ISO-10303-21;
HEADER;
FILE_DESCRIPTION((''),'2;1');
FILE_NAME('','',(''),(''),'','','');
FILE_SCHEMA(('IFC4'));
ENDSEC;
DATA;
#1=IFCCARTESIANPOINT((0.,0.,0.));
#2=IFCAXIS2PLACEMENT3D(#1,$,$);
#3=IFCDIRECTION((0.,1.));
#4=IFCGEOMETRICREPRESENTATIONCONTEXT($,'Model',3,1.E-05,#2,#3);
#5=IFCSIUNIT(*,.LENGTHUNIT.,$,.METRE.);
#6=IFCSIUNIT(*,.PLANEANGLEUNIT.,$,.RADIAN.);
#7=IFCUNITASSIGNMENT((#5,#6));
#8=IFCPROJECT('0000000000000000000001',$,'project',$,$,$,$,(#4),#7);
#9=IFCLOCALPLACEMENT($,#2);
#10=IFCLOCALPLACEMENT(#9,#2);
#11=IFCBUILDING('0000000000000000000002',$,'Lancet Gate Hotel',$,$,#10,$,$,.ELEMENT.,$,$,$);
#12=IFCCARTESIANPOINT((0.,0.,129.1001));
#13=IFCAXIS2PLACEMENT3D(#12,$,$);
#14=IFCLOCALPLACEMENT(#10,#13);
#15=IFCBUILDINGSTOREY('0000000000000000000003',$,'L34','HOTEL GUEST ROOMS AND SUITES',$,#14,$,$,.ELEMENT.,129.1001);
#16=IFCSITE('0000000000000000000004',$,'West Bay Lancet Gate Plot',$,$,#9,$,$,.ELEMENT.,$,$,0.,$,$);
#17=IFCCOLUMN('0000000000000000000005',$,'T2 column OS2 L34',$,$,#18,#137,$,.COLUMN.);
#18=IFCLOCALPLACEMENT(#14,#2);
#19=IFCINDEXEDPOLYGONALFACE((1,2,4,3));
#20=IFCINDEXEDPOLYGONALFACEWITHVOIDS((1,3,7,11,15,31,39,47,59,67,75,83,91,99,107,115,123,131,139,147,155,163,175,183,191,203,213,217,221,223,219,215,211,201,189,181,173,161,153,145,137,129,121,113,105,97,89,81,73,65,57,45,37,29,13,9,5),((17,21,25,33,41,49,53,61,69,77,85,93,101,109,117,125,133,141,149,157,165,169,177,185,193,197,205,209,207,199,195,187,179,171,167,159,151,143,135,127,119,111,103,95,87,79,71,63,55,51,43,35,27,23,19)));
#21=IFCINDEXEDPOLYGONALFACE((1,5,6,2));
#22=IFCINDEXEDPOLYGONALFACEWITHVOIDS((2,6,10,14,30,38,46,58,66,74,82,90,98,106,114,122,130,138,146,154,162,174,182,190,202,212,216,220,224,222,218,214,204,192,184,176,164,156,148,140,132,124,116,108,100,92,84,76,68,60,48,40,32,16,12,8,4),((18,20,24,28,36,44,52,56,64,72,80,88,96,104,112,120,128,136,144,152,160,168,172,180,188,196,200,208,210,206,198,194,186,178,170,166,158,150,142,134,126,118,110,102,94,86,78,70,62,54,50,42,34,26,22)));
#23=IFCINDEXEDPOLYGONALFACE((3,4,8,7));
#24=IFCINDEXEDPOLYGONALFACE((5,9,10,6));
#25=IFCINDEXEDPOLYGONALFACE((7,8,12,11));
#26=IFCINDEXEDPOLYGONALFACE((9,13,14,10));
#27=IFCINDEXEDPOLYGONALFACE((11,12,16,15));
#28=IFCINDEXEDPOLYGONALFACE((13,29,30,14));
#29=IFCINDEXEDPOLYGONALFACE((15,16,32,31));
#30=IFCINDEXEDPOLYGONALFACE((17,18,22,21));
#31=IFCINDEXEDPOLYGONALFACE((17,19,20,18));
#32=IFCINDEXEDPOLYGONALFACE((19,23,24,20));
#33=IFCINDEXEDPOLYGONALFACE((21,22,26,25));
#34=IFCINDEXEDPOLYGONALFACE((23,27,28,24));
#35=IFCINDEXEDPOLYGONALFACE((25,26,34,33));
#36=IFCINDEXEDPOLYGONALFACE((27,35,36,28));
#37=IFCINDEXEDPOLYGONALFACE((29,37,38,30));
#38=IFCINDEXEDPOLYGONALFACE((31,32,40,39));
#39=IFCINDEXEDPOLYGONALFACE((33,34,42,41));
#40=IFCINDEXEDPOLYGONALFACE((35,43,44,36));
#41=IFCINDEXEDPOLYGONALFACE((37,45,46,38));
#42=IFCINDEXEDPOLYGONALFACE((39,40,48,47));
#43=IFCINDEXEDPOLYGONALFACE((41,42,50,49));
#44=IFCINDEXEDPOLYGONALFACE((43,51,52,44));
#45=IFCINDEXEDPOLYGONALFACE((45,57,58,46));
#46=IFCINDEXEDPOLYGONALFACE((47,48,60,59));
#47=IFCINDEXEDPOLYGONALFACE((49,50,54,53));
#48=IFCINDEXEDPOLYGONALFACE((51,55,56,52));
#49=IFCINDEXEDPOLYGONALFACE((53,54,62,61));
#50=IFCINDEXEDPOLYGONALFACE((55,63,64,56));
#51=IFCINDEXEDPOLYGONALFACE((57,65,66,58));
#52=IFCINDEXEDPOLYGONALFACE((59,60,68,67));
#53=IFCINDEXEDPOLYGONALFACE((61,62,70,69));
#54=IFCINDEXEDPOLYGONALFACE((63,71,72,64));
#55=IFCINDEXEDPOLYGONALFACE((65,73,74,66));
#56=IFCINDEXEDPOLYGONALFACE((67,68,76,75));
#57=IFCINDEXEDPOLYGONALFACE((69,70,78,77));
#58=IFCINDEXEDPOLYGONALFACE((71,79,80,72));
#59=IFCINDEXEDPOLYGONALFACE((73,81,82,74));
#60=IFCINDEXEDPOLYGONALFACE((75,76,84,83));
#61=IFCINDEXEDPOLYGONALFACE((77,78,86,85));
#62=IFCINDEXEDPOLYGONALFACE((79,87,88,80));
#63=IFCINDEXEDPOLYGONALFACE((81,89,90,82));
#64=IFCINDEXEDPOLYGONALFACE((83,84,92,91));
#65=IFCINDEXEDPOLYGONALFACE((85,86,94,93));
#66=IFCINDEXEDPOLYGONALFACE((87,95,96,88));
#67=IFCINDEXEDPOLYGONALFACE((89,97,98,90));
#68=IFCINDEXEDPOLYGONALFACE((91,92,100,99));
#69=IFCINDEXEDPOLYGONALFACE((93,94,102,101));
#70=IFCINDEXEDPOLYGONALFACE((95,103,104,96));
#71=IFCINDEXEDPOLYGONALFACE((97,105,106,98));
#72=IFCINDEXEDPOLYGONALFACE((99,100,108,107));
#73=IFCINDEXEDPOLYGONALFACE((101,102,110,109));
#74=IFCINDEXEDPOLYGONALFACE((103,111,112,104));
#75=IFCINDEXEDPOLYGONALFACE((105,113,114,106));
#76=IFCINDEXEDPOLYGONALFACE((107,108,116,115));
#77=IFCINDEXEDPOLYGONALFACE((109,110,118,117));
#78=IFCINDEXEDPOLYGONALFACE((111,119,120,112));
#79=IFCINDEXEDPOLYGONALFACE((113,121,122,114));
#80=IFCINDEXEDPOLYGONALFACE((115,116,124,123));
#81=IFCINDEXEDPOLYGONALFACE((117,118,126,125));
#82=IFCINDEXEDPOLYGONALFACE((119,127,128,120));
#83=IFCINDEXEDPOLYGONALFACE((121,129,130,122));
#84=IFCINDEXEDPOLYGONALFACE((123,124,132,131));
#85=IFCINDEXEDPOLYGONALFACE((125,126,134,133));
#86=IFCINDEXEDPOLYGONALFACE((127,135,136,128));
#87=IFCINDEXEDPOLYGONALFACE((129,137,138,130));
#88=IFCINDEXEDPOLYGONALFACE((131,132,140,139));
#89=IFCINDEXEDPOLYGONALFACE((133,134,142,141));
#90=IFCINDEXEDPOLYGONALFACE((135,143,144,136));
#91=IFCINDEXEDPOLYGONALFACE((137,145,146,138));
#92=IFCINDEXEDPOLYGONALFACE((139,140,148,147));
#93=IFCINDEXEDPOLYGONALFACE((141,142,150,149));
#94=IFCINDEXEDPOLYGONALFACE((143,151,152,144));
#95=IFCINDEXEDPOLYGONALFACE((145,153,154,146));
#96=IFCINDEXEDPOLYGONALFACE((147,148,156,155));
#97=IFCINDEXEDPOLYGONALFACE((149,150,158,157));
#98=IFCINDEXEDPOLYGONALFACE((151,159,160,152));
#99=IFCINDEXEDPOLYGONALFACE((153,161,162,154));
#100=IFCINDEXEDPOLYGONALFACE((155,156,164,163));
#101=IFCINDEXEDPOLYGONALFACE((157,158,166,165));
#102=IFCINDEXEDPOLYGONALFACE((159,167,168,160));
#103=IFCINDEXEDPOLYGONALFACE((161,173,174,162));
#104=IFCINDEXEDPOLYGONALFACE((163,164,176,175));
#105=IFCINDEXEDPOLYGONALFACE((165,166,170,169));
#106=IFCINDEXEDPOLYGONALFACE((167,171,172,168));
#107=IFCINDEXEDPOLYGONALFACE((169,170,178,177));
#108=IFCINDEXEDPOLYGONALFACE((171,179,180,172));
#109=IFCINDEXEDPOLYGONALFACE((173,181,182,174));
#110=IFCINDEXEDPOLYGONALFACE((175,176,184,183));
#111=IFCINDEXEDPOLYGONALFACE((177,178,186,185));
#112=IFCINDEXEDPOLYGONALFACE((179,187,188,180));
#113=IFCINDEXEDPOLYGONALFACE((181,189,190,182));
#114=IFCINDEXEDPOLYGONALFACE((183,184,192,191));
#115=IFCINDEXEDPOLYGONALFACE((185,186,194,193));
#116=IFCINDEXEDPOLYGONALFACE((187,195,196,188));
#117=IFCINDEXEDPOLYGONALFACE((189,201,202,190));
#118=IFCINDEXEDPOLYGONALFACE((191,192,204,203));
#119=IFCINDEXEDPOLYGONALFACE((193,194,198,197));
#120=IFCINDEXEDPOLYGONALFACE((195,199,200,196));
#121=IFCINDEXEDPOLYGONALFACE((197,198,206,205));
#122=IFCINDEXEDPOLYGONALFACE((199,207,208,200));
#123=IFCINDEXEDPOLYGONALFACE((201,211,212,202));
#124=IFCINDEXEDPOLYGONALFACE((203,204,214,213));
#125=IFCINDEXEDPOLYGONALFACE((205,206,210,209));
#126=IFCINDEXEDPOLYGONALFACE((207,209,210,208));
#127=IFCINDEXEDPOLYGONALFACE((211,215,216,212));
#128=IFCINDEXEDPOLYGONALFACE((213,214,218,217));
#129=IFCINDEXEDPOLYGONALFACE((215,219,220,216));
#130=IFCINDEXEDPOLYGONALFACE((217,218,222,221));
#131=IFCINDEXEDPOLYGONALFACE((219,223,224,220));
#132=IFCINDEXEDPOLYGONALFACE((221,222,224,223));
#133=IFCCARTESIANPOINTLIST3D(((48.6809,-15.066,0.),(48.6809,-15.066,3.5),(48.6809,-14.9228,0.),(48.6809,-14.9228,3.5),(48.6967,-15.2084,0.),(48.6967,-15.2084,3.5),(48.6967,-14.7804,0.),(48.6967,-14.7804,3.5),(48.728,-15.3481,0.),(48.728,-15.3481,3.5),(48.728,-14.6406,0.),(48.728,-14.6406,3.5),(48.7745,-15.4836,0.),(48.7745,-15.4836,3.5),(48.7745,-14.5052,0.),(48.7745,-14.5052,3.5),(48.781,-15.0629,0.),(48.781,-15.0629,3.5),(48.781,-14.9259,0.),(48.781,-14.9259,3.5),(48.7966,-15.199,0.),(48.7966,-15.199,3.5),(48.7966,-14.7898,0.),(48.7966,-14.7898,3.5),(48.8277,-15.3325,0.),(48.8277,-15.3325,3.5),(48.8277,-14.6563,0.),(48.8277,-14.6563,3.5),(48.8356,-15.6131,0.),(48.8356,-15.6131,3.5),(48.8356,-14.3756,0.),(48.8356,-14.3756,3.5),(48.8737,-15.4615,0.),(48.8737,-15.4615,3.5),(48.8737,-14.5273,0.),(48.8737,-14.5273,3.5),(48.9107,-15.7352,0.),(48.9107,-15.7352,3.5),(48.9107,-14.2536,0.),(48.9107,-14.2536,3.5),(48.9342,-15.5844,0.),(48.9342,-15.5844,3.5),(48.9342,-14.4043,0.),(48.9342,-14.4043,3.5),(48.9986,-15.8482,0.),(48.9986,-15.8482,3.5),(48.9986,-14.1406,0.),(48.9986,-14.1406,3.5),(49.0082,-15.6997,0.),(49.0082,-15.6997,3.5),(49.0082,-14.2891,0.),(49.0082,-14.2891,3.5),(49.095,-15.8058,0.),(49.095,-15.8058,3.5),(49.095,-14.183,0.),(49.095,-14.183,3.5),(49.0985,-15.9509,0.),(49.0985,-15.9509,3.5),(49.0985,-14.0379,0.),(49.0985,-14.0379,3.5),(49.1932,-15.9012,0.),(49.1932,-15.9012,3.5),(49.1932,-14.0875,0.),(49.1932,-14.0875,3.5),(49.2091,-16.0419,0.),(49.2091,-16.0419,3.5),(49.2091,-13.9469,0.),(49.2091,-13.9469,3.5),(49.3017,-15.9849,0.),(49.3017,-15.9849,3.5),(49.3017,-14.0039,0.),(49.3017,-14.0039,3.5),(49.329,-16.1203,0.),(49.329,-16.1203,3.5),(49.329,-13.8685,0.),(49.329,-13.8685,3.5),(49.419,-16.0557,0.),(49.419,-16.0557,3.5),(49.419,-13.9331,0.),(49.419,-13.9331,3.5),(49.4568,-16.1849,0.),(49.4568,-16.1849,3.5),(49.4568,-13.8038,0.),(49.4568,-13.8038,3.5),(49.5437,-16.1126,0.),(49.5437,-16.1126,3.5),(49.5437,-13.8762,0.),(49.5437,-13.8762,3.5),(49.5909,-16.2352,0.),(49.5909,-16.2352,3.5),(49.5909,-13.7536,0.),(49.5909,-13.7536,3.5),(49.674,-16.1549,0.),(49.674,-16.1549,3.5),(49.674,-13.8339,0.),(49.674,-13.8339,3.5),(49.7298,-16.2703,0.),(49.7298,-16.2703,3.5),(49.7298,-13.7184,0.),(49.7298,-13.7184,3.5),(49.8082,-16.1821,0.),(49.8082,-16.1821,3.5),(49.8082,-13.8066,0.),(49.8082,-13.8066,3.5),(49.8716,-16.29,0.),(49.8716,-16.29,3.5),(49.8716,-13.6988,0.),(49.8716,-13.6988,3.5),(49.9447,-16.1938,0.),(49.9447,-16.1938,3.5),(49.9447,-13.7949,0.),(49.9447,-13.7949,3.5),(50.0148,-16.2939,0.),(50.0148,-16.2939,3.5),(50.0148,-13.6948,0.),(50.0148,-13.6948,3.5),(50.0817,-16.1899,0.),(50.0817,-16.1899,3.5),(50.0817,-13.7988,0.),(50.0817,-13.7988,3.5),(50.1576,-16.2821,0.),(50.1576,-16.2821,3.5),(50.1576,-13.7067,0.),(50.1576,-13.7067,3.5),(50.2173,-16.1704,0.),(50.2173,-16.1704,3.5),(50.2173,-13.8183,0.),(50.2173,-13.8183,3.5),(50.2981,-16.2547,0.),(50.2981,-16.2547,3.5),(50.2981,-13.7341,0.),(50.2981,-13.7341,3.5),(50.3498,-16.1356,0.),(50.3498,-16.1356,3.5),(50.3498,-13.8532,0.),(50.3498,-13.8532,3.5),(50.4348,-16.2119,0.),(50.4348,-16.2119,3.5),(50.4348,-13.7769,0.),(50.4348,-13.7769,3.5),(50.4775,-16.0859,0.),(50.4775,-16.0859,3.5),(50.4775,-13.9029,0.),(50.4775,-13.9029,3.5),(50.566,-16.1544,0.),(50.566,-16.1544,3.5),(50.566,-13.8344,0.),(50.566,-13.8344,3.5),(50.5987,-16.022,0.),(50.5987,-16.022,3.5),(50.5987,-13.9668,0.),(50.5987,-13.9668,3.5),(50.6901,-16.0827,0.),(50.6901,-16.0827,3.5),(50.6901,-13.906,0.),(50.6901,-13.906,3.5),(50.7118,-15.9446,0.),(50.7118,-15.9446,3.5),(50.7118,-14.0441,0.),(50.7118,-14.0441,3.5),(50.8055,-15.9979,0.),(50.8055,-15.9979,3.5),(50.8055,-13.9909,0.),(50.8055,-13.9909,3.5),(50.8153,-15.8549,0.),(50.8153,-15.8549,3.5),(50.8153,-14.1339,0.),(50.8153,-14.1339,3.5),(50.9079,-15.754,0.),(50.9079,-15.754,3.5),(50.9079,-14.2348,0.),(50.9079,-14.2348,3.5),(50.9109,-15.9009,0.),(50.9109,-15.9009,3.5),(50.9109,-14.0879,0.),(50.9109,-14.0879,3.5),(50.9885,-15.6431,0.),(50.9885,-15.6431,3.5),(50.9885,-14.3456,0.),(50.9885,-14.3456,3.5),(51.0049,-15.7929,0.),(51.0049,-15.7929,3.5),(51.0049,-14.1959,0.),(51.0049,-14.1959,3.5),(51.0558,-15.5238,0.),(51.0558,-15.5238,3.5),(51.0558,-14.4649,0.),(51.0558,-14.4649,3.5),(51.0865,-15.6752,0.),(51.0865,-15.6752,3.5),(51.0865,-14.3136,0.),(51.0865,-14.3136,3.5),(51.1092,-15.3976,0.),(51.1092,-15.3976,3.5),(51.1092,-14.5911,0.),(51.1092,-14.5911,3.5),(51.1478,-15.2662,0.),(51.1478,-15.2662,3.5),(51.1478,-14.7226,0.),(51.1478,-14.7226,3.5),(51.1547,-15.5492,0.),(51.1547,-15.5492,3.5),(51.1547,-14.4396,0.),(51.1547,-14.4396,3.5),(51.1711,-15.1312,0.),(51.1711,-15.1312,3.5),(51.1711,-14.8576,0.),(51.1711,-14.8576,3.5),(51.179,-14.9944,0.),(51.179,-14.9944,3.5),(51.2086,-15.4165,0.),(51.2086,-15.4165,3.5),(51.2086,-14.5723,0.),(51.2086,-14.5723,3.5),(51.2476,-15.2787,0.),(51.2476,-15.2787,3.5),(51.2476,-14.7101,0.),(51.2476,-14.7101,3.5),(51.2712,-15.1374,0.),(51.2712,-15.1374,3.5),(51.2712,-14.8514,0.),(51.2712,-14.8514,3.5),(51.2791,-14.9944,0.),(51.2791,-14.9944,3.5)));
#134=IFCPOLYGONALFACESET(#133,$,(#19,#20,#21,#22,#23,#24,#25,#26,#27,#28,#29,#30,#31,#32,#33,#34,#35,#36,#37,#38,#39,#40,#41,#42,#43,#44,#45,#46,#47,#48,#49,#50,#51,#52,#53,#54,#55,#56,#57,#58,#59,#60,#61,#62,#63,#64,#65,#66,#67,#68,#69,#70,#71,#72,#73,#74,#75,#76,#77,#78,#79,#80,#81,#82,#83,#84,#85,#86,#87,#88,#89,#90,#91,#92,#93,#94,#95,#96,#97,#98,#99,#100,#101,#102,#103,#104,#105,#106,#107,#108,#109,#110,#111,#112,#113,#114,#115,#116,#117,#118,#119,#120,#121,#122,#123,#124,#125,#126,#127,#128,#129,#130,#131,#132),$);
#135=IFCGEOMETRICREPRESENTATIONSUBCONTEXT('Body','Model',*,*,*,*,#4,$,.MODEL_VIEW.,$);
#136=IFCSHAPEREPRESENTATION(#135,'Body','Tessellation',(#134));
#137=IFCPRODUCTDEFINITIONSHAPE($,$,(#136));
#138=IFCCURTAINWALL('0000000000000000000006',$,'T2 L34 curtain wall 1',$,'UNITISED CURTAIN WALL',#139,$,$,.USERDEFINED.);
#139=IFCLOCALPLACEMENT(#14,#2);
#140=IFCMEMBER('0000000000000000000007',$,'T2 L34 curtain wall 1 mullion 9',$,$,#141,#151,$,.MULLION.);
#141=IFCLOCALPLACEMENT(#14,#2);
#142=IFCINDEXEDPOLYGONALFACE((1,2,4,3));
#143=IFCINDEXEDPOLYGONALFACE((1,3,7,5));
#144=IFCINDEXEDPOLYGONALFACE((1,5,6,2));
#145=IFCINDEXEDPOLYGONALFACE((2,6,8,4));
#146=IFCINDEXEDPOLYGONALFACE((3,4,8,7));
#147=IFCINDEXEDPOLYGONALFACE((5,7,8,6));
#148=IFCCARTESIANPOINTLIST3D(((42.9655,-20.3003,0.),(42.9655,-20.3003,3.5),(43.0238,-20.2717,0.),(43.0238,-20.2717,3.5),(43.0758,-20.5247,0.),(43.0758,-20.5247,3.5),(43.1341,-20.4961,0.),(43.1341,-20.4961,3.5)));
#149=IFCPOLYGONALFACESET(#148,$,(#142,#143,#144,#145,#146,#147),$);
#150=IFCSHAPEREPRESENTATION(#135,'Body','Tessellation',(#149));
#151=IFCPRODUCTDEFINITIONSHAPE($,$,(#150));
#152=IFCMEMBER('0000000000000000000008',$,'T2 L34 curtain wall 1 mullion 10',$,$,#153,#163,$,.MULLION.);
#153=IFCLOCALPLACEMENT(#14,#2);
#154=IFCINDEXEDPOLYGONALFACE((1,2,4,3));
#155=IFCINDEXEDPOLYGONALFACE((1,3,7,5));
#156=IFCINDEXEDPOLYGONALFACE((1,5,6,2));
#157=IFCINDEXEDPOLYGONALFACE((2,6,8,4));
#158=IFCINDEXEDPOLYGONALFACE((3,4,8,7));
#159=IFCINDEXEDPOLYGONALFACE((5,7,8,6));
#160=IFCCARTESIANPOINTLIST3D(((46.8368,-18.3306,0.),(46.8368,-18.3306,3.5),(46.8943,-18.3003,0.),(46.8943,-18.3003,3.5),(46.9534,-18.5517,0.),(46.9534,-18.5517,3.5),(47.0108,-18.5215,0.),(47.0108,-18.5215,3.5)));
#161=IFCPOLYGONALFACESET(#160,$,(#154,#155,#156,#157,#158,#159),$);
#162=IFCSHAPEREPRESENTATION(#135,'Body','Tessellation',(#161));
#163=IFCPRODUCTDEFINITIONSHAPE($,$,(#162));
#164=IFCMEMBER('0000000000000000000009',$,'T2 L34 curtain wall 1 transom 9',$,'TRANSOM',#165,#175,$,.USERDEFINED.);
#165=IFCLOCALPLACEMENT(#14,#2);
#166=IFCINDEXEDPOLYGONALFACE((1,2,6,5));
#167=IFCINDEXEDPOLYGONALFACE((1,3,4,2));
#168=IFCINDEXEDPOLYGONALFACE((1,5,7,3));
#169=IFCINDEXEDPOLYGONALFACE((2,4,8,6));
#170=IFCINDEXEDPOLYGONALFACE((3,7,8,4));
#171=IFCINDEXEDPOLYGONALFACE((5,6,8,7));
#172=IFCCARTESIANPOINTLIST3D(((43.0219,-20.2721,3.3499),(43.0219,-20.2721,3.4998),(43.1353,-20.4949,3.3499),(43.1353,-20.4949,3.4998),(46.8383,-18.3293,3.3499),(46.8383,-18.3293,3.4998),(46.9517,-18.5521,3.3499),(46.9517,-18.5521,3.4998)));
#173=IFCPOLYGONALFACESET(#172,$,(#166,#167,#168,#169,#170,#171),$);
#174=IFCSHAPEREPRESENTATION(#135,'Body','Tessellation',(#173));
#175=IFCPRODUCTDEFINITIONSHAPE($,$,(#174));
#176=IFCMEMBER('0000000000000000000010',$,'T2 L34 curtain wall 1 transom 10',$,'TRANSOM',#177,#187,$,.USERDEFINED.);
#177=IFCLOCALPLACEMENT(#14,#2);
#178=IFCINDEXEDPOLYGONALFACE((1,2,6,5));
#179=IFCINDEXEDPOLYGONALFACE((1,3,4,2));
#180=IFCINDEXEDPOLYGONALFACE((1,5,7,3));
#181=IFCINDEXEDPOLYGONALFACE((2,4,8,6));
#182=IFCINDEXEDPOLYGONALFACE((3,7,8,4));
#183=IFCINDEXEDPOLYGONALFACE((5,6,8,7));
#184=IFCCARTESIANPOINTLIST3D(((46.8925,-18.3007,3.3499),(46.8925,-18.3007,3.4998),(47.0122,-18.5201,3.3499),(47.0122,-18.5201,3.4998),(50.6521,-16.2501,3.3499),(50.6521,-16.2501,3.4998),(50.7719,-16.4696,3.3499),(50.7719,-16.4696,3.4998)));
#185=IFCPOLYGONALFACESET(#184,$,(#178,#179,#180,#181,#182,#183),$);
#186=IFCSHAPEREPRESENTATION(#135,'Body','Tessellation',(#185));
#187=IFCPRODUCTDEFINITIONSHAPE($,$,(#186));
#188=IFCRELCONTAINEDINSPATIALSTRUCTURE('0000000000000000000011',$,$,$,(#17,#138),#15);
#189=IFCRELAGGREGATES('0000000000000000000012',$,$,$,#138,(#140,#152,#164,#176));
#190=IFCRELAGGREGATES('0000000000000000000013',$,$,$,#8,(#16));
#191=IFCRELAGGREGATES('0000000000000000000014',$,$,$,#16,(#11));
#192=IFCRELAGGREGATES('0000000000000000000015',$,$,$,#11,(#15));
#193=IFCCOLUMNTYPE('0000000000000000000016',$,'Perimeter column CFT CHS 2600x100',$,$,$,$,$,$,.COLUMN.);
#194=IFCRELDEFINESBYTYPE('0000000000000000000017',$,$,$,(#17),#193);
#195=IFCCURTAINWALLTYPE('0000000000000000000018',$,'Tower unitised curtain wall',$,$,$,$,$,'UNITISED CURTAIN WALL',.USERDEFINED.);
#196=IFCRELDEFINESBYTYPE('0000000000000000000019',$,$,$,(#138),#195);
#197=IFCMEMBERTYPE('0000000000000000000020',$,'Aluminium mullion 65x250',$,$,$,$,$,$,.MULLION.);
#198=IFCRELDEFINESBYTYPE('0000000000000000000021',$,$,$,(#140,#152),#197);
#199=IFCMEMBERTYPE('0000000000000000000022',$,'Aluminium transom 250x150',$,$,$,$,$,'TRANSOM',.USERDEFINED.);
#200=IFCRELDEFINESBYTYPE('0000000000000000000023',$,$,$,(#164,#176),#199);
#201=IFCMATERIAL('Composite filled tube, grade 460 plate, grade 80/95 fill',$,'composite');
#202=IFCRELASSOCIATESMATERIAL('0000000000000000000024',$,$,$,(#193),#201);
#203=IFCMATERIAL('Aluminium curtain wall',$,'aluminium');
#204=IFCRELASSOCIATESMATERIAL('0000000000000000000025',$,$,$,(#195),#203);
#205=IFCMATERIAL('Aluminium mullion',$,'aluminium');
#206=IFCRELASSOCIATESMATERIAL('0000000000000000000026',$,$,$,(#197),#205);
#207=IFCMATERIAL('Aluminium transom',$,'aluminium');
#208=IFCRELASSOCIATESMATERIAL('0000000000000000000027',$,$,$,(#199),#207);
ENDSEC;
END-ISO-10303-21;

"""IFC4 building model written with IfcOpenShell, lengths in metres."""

from ifc_helpers import new_model, si_unit, direction, frame, origin, origin_2d, place, context, subcontext, project, spatial, rectangle, hollow_circle, extrude, material, material_profile, profile_set, type_object, element, aggregate, save


model = new_model("IFC4")

# Units and contexts
model_context = context("Model", 3, precision=1e-05, world=origin(), true_north=direction((0.0, 1.0)))
body_context = subcontext(model_context, "Body", "Model", "MODEL_VIEW")
ifc_project = project(units=[si_unit("LENGTHUNIT", "METRE"), si_unit("PLANEANGLEUNIT", "RADIAN")], contexts=[model_context])

# Site, building, storey
site_placement = place(None, origin())
site = spatial("IfcSite", under=ifc_project, at=site_placement, Name="West Bay Lancet Gate Plot", CompositionType="ELEMENT", RefElevation=0.0)
building_placement = place(site_placement, origin())
building = spatial("IfcBuilding", under=site, at=building_placement, Name="Lancet Gate Hotel", CompositionType="ELEMENT")
storey_placement = place(building_placement, frame((0.0, 0.0, 129.1001)))
storey = spatial("IfcBuildingStorey", under=building, at=storey_placement, Name="L34", Description="HOTEL GUEST ROOMS AND SUITES", CompositionType="ELEMENT", Elevation=129.1001)

# Column
ifc_material_1 = material(Name="Composite filled tube, grade 460 plate, grade 80/95 fill", Category="composite")
ifc_material_profile_1 = material_profile(ifc_material_1, hollow_circle(Radius=1.3, WallThickness=0.1001, at=origin_2d()), Name="CHS 2600x100")
ifc_profile_set_1 = profile_set([ifc_material_profile_1], Name="Composite filled tube, grade 460 plate, grade 80/95 fill")
column_type = type_object("IfcColumnType", Name="Perimeter column CFT CHS 2600x100", PredefinedType="COLUMN", material=ifc_profile_set_1)
for number, where, z_axis, x_axis, name in (
    (1, (49.979, -14.9944, 0.0), (0.0, 0.0, 1.0), (1.0, 0.0, 0.0), "T2 column OS2 L34"),
):
    element("IfcColumn", number, at=place(storey_placement, frame(where, z_axis=z_axis, x_axis=x_axis)), inside=storey, type_object=column_type, Name=name, PredefinedType="COLUMN", context=body_context, shape_type="SweptSolid", body=[
        extrude(hollow_circle(Radius=1.3, WallThickness=0.1001, at=origin_2d()), origin(), (0.0, 0.0, 1.0), 3.5),
    ])

# Curtain wall, members
ifc_material_2 = material(Name="Aluminium curtain wall", Category="aluminium")
curtain_wall_type = type_object("IfcCurtainWallType", Name="Tower unitised curtain wall", ElementType="UNITISED CURTAIN WALL", PredefinedType="USERDEFINED", material=ifc_material_2)
curtain_wall_placement = place(storey_placement, origin())
curtain_wall = element("IfcCurtainWall", 2, at=curtain_wall_placement, inside=storey, type_object=curtain_wall_type, Name="T2 L34 curtain wall 1", ObjectType="UNITISED CURTAIN WALL", PredefinedType="USERDEFINED")
ifc_material_3 = material(Name="Aluminium mullion", Category="aluminium")
ifc_material_profile_2 = material_profile(ifc_material_3, rectangle(XDim=0.0649, YDim=0.25, at=origin_2d()), Name="MULLION 65x250")
ifc_profile_set_2 = profile_set([ifc_material_profile_2], Name="Aluminium mullion")
member_type_1 = type_object("IfcMemberType", Name="Aluminium mullion 65x250", PredefinedType="MULLION", material=ifc_profile_set_2)
member_1_placement = place(storey_placement, frame((43.0498, -20.3982, 0.0), z_axis=(0.0, 0.0, 1.0), x_axis=(0.897512, 0.44099, 0.0)))
member_1 = element("IfcMember", 3, at=member_1_placement, type_object=member_type_1, Name="T2 L34 curtain wall 1 mullion 9", PredefinedType="MULLION", context=body_context, shape_type="SweptSolid", body=[
    extrude(rectangle(XDim=0.0649, YDim=0.25, at=origin_2d()), origin(), (0.0, 0.0, 1.0), 3.5),
])
member_2_placement = place(storey_placement, frame((46.9238, -18.426, 0.0), z_axis=(0.0, 0.0, 1.0), x_axis=(0.884627, 0.466299, 0.0)))
member_2 = element("IfcMember", 4, at=member_2_placement, type_object=member_type_1, Name="T2 L34 curtain wall 1 mullion 10", PredefinedType="MULLION", context=body_context, shape_type="SweptSolid", body=[
    extrude(rectangle(XDim=0.0649, YDim=0.25, at=origin_2d()), origin(), (0.0, 0.0, 1.0), 3.5),
])
ifc_material_4 = material(Name="Aluminium transom", Category="aluminium")
ifc_material_profile_3 = material_profile(ifc_material_4, rectangle(XDim=0.25, YDim=0.1499, at=origin_2d()), Name="TRANSOM 250x150")
ifc_profile_set_3 = profile_set([ifc_material_profile_3], Name="Aluminium transom")
member_type_2 = type_object("IfcMemberType", Name="Aluminium transom 250x150", ElementType="TRANSOM", PredefinedType="USERDEFINED", material=ifc_profile_set_3)
member_3_placement = place(storey_placement, frame((43.0786, -20.3835, 3.4248), z_axis=(0.891166, 0.453678, 0.0), x_axis=(-0.453678, 0.891166, 0.0)))
member_3 = element("IfcMember", 5, at=member_3_placement, type_object=member_type_2, Name="T2 L34 curtain wall 1 transom 9", ObjectType="TRANSOM", PredefinedType="USERDEFINED", context=body_context, shape_type="SweptSolid", body=[
    extrude(rectangle(XDim=0.25, YDim=0.1499, at=origin_2d()), origin(), (0.0, 0.0, 1.0), 4.2825),
])
member_4_placement = place(storey_placement, frame((46.9524, -18.4104, 3.4248), z_axis=(0.877906, 0.478832, 0.0), x_axis=(-0.478832, 0.877906, 0.0)))
member_4 = element("IfcMember", 6, at=member_4_placement, type_object=member_type_2, Name="T2 L34 curtain wall 1 transom 10", ObjectType="TRANSOM", PredefinedType="USERDEFINED", context=body_context, shape_type="SweptSolid", body=[
    extrude(rectangle(XDim=0.25, YDim=0.1499, at=origin_2d()), origin(), (0.0, 0.0, 1.0), 4.2825),
])

aggregate(curtain_wall, [member_1, member_2, member_3, member_4])

save(model, "model.ifc")
